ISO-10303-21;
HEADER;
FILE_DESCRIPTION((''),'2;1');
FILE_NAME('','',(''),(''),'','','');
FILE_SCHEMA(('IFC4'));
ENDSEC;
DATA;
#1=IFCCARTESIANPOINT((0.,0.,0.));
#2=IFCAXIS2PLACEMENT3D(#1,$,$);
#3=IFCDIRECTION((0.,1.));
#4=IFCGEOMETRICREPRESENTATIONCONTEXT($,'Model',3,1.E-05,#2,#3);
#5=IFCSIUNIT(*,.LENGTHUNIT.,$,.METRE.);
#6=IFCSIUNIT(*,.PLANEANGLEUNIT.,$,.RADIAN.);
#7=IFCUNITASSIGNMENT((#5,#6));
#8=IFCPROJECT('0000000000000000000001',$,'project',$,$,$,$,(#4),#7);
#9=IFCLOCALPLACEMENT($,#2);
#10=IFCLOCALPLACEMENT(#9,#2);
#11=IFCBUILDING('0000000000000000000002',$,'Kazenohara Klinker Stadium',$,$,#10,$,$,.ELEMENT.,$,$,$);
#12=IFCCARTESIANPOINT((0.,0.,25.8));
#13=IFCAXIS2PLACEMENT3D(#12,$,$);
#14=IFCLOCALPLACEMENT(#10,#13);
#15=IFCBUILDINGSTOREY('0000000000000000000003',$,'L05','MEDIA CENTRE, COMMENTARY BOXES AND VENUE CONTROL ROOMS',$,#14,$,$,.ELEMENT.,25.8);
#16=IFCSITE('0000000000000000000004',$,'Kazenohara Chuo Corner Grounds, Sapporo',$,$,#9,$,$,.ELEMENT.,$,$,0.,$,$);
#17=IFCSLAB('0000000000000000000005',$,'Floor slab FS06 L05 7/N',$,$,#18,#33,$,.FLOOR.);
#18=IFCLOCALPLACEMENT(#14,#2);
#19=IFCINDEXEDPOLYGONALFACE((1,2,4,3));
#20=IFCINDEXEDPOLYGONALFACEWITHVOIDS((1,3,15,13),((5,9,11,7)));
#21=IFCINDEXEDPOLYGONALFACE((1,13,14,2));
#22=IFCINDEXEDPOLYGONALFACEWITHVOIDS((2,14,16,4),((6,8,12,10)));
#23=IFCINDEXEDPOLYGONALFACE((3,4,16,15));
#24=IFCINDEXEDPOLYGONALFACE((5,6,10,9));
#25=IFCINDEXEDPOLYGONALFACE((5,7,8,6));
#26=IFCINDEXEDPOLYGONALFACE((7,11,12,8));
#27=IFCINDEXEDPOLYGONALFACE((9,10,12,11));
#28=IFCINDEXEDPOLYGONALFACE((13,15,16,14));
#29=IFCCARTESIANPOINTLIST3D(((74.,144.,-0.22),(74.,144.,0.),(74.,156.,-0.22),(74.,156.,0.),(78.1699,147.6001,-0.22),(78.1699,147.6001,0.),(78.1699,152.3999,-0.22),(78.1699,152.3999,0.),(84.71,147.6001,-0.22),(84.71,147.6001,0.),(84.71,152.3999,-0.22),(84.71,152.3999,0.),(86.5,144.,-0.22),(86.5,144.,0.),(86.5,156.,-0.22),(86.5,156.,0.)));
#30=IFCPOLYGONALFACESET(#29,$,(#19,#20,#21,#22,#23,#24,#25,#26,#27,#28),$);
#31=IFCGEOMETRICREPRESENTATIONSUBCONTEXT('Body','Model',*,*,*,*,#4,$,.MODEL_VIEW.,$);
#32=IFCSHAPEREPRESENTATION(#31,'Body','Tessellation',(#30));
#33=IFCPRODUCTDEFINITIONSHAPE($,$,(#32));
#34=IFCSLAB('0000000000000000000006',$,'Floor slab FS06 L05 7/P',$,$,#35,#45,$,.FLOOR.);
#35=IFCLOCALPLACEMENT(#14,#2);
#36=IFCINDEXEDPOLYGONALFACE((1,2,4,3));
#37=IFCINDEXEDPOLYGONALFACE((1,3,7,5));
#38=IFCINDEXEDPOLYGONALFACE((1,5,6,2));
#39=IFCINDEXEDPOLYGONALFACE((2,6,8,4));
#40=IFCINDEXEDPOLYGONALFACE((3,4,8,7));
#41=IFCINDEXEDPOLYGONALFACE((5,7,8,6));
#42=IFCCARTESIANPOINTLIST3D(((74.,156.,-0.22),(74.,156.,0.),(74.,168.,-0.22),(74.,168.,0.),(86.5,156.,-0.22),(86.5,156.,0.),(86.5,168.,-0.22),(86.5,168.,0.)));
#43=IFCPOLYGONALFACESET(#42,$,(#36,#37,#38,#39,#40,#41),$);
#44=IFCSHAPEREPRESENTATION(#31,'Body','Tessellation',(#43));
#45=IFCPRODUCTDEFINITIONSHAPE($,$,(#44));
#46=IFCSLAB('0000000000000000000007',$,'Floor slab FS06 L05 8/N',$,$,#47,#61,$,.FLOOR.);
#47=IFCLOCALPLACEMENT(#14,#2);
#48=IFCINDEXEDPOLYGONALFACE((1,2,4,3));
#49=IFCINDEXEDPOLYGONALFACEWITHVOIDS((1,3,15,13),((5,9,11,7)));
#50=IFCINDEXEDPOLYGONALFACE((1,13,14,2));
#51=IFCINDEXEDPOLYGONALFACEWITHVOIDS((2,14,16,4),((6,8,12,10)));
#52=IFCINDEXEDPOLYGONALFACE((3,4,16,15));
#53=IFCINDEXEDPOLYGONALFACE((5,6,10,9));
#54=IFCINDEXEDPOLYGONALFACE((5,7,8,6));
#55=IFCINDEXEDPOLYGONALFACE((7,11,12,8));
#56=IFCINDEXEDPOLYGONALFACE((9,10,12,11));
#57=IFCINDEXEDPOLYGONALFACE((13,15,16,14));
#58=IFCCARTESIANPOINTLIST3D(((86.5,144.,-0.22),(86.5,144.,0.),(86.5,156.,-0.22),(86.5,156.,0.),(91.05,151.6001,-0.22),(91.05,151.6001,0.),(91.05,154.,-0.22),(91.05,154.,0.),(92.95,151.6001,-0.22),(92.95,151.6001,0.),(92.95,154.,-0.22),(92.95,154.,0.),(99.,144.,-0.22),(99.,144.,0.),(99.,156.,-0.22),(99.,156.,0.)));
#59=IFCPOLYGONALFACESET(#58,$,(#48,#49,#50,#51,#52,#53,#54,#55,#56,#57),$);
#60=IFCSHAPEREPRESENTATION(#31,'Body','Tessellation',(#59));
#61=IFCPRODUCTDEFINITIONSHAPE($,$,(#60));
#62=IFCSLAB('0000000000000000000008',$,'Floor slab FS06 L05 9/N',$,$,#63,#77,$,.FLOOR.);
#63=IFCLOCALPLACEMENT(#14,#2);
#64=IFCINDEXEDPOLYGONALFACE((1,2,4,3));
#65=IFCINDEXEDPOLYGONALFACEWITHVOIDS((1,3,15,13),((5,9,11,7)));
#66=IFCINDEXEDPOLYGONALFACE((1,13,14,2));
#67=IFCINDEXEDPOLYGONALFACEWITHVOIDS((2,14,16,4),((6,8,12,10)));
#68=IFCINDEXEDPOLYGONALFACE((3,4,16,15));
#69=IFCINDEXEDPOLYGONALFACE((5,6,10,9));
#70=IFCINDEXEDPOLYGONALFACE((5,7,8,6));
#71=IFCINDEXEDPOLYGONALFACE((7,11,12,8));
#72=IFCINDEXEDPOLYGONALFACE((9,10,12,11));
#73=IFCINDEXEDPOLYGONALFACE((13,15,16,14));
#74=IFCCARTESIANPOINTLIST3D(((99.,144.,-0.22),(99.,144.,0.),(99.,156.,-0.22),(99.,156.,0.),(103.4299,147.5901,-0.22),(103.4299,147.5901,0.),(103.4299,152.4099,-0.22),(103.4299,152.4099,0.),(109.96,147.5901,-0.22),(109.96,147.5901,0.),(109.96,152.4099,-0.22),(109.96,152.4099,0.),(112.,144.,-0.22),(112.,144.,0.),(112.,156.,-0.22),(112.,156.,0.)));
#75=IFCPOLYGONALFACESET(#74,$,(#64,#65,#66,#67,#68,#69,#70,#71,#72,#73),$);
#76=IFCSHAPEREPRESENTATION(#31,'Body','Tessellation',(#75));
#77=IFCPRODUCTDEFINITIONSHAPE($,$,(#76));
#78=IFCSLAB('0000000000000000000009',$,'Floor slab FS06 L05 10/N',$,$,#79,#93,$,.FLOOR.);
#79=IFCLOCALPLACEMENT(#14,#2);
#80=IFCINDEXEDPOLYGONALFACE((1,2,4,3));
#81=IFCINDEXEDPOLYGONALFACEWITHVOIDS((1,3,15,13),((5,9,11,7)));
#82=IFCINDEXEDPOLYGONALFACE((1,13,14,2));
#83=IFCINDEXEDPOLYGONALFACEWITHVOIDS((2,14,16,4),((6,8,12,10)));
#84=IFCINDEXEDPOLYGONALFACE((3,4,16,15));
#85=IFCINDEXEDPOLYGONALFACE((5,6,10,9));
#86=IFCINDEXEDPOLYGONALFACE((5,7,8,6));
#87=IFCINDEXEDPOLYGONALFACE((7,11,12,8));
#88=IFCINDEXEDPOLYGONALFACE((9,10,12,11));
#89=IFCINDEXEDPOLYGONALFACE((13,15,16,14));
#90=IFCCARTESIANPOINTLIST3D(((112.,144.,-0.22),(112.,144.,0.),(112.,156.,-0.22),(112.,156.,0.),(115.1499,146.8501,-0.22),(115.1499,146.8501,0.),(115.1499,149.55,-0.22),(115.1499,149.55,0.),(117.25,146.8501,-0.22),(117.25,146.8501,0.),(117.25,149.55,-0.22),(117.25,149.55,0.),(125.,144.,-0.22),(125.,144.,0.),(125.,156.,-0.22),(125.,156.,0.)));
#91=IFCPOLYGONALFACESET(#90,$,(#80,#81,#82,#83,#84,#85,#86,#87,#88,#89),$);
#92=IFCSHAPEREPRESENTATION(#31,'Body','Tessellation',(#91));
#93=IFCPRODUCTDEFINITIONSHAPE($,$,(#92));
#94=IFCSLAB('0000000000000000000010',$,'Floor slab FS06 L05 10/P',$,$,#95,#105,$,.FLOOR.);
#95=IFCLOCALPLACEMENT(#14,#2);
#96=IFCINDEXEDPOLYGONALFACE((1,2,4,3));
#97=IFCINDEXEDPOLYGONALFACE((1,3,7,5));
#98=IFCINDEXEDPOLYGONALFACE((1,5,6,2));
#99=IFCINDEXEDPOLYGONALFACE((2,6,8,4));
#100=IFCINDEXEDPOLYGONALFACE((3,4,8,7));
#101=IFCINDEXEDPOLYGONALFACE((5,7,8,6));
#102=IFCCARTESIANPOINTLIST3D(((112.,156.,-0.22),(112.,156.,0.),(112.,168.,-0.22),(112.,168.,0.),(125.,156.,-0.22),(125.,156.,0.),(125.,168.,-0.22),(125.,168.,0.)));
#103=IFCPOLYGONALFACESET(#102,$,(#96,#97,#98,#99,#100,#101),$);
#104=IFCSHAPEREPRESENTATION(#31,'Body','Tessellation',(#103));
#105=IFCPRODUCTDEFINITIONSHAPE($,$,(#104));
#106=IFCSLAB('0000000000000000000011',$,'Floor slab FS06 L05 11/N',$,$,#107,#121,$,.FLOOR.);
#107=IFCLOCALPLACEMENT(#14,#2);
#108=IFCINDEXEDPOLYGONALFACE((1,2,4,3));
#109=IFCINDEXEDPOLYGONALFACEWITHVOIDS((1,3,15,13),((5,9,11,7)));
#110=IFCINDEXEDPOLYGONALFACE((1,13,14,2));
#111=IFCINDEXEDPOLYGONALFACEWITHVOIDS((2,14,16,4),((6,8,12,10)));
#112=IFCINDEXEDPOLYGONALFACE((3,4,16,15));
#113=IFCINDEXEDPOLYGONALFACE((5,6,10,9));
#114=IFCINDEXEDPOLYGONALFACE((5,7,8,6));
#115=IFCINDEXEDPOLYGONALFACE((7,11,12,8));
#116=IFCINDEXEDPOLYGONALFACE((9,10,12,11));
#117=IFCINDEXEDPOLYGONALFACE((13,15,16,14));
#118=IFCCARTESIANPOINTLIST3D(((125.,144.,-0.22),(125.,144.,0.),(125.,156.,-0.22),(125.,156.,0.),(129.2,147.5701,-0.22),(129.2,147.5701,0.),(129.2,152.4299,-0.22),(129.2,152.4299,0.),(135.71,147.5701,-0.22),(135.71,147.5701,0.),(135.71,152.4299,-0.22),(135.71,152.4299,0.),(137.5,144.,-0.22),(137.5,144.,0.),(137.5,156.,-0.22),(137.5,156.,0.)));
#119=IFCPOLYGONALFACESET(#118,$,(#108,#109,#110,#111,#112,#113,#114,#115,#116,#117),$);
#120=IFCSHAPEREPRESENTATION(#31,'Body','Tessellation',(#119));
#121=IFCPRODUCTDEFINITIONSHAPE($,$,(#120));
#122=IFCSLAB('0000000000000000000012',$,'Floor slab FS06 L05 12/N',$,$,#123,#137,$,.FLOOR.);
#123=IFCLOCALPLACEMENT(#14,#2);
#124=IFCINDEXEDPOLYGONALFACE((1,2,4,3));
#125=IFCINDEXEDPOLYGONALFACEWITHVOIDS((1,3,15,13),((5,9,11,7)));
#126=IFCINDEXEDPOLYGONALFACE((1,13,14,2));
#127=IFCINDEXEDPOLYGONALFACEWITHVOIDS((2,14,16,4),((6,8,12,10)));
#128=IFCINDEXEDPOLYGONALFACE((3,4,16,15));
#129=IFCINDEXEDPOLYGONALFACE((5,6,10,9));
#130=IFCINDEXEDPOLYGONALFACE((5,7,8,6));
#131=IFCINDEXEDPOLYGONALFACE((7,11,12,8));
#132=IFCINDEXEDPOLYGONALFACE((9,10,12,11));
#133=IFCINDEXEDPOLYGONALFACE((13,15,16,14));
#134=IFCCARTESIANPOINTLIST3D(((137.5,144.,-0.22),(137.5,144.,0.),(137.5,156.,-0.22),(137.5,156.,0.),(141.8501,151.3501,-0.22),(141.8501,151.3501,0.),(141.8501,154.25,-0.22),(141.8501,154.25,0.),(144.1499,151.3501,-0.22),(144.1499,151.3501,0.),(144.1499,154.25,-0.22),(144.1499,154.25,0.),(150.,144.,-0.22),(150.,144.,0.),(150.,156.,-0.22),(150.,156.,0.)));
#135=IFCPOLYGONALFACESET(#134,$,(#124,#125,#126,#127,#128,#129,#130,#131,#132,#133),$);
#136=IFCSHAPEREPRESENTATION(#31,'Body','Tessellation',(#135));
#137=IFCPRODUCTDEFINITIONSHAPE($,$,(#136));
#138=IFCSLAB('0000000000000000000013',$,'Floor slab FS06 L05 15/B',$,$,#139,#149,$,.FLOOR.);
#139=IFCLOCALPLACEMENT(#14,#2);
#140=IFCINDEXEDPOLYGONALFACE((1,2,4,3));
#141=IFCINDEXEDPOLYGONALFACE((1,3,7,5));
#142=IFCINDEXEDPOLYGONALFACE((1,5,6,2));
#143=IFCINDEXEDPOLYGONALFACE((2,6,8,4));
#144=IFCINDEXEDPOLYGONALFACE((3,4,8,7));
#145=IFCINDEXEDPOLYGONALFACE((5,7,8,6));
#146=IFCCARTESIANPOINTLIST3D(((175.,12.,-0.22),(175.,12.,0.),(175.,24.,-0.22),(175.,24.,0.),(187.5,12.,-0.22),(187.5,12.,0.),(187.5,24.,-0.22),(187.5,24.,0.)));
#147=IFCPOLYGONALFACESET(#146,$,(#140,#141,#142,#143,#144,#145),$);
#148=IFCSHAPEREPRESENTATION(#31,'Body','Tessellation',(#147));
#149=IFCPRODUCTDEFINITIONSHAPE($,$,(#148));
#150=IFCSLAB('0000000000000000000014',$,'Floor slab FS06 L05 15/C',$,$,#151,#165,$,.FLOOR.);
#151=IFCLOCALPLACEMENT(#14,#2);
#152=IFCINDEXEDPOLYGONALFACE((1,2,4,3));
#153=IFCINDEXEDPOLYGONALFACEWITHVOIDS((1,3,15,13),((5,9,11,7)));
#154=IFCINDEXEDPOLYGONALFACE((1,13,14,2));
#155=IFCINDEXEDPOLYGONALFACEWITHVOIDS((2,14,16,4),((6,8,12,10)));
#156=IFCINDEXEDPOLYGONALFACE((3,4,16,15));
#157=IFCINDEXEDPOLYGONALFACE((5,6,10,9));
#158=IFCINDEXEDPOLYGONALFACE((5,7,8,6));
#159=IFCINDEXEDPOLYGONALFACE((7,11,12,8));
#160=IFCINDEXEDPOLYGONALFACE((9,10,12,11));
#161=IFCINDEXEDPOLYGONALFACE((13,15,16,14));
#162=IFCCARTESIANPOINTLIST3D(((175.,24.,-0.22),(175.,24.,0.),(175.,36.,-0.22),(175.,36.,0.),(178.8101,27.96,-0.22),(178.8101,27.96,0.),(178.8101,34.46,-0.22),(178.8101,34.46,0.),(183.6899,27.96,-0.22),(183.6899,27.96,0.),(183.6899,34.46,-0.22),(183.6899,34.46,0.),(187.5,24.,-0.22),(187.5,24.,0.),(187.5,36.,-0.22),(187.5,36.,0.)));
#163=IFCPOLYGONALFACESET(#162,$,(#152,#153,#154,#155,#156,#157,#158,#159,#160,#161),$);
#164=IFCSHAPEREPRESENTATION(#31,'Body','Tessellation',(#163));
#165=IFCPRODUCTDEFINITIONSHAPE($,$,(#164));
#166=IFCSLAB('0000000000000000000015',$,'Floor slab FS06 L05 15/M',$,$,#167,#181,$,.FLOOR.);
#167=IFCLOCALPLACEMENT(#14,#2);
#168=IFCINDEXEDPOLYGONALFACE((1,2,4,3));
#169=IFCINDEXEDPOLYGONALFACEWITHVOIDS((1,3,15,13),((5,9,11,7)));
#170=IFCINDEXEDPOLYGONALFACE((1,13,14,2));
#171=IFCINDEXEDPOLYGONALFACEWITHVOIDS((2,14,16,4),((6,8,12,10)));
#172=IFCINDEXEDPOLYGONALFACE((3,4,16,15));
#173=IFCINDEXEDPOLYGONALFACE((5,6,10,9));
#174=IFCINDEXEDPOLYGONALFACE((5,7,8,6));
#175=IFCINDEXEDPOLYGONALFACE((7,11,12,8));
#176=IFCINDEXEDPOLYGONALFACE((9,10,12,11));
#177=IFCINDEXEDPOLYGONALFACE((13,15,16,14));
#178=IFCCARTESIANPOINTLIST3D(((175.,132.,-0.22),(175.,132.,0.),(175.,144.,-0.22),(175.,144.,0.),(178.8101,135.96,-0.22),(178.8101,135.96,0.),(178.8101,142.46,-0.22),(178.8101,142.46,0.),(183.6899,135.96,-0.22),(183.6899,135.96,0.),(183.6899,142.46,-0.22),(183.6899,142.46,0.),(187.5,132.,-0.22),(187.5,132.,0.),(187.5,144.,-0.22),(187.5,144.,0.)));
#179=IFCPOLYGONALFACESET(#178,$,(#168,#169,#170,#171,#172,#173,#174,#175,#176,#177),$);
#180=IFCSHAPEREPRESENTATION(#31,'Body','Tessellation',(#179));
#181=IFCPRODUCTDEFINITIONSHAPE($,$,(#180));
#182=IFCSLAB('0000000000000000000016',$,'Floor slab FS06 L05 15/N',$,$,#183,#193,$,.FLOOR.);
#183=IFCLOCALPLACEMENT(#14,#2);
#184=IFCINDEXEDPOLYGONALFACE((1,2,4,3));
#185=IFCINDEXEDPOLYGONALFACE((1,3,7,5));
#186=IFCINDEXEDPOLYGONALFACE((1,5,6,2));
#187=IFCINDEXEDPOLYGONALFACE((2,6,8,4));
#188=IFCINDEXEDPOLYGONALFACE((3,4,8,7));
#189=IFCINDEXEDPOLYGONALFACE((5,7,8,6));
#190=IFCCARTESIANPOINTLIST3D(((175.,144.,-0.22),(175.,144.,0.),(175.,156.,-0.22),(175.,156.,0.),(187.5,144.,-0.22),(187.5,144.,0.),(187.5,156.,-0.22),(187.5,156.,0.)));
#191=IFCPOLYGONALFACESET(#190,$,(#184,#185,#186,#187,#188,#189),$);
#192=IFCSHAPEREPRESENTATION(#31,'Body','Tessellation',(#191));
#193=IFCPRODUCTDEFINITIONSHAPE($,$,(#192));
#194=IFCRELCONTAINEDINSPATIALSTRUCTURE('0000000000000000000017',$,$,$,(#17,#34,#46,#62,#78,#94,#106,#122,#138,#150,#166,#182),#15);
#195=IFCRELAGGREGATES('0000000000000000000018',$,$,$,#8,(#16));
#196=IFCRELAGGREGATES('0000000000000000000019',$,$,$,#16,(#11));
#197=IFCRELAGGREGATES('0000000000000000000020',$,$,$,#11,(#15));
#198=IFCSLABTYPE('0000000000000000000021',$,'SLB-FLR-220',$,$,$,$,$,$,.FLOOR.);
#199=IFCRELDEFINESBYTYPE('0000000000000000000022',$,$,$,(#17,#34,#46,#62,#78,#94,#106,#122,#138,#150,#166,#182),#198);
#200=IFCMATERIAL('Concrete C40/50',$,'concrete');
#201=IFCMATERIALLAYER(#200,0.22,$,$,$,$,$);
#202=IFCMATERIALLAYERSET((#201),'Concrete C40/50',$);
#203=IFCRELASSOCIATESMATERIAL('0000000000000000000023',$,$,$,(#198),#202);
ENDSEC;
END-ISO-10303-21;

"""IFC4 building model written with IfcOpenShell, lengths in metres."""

from ifc_helpers import new_model, si_unit, direction, frame, origin, place, context, subcontext, project, spatial, polyline, outline, extrude, material, layer, layer_set, type_object, element, save


model = new_model("IFC4")

# Units and contexts
model_context = context("Model", 3, precision=1e-05, world=origin(), true_north=direction((0.0, 1.0)))
body_context = subcontext(model_context, "Body", "Model", "MODEL_VIEW")
ifc_project = project(units=[si_unit("LENGTHUNIT", "METRE"), si_unit("PLANEANGLEUNIT", "RADIAN")], contexts=[model_context])

# Site, building, storey
site_placement = place(None, origin())
site = spatial("IfcSite", under=ifc_project, at=site_placement, Name="Kazenohara Chuo Corner Grounds, Sapporo", CompositionType="ELEMENT", RefElevation=0.0)
building_placement = place(site_placement, origin())
building = spatial("IfcBuilding", under=site, at=building_placement, Name="Kazenohara Klinker Stadium", CompositionType="ELEMENT")
storey_placement = place(building_placement, frame((0.0, 0.0, 25.8)))
storey = spatial("IfcBuildingStorey", under=building, at=storey_placement, Name="L05", Description="MEDIA CENTRE, COMMENTARY BOXES AND VENUE CONTROL ROOMS", CompositionType="ELEMENT", Elevation=25.8)

# Shared definitions
ifc_material_1 = material(Name="Concrete C40/50", Category="concrete")

# Slabs
ifc_layer_1 = layer(ifc_material_1, 0.22)
ifc_layer_set_1 = layer_set([ifc_layer_1], Name="Concrete C40/50")
slab_type = type_object("IfcSlabType", Name="SLB-FLR-220", PredefinedType="FLOOR", material=ifc_layer_set_1)
slab_1_placement = place(storey_placement, frame((0.0, 0.0, -0.22)))
element("IfcSlab", 1, at=slab_1_placement, inside=storey, type_object=slab_type, Name="Floor slab FS06 L05 7/N", PredefinedType="FLOOR", context=body_context, shape_type="SweptSolid", body=[
    extrude(outline(polyline([(74.0, 144.0), (86.5, 144.0), (86.5, 156.0), (74.0, 156.0), (74.0, 144.0)]), holes=[polyline([(78.1699, 147.6001), (84.71, 147.6001), (84.71, 152.3999), (78.1699, 152.3999), (78.1699, 147.6001)])]), origin(), (0.0, 0.0, 1.0), 0.22),
])
slab_2_placement = place(storey_placement, frame((0.0, 0.0, -0.22)))
element("IfcSlab", 2, at=slab_2_placement, inside=storey, type_object=slab_type, Name="Floor slab FS06 L05 7/P", PredefinedType="FLOOR", context=body_context, shape_type="SweptSolid", body=[
    extrude(outline(polyline([(74.0, 156.0), (86.5, 156.0), (86.5, 168.0), (74.0, 168.0), (74.0, 156.0)])), origin(), (0.0, 0.0, 1.0), 0.22),
])
slab_3_placement = place(storey_placement, frame((0.0, 0.0, -0.22)))
element("IfcSlab", 3, at=slab_3_placement, inside=storey, type_object=slab_type, Name="Floor slab FS06 L05 8/N", PredefinedType="FLOOR", context=body_context, shape_type="SweptSolid", body=[
    extrude(outline(polyline([(86.5, 144.0), (99.0, 144.0), (99.0, 156.0), (86.5, 156.0), (86.5, 144.0)]), holes=[polyline([(91.05, 151.6001), (92.95, 151.6001), (92.95, 154.0), (91.05, 154.0), (91.05, 151.6001)])]), origin(), (0.0, 0.0, 1.0), 0.22),
])
slab_4_placement = place(storey_placement, frame((0.0, 0.0, -0.22)))
element("IfcSlab", 4, at=slab_4_placement, inside=storey, type_object=slab_type, Name="Floor slab FS06 L05 9/N", PredefinedType="FLOOR", context=body_context, shape_type="SweptSolid", body=[
    extrude(outline(polyline([(99.0, 144.0), (112.0, 144.0), (112.0, 156.0), (99.0, 156.0), (99.0, 144.0)]), holes=[polyline([(103.4299, 147.5901), (109.96, 147.5901), (109.96, 152.4099), (103.4299, 152.4099), (103.4299, 147.5901)])]), origin(), (0.0, 0.0, 1.0), 0.22),
])
slab_5_placement = place(storey_placement, frame((0.0, 0.0, -0.22)))
element("IfcSlab", 5, at=slab_5_placement, inside=storey, type_object=slab_type, Name="Floor slab FS06 L05 10/N", PredefinedType="FLOOR", context=body_context, shape_type="SweptSolid", body=[
    extrude(outline(polyline([(112.0, 144.0), (125.0, 144.0), (125.0, 156.0), (112.0, 156.0), (112.0, 144.0)]), holes=[polyline([(115.1499, 146.8501), (117.25, 146.8501), (117.25, 149.55), (115.1499, 149.55), (115.1499, 146.8501)])]), origin(), (0.0, 0.0, 1.0), 0.22),
])
slab_6_placement = place(storey_placement, frame((0.0, 0.0, -0.22)))
element("IfcSlab", 6, at=slab_6_placement, inside=storey, type_object=slab_type, Name="Floor slab FS06 L05 10/P", PredefinedType="FLOOR", context=body_context, shape_type="SweptSolid", body=[
    extrude(outline(polyline([(112.0, 156.0), (125.0, 156.0), (125.0, 168.0), (112.0, 168.0), (112.0, 156.0)])), origin(), (0.0, 0.0, 1.0), 0.22),
])
slab_7_placement = place(storey_placement, frame((0.0, 0.0, -0.22)))
element("IfcSlab", 7, at=slab_7_placement, inside=storey, type_object=slab_type, Name="Floor slab FS06 L05 11/N", PredefinedType="FLOOR", context=body_context, shape_type="SweptSolid", body=[
    extrude(outline(polyline([(125.0, 144.0), (137.5, 144.0), (137.5, 156.0), (125.0, 156.0), (125.0, 144.0)]), holes=[polyline([(129.2, 147.5701), (135.71, 147.5701), (135.71, 152.4299), (129.2, 152.4299), (129.2, 147.5701)])]), origin(), (0.0, 0.0, 1.0), 0.22),
])
slab_8_placement = place(storey_placement, frame((0.0, 0.0, -0.22)))
element("IfcSlab", 8, at=slab_8_placement, inside=storey, type_object=slab_type, Name="Floor slab FS06 L05 12/N", PredefinedType="FLOOR", context=body_context, shape_type="SweptSolid", body=[
    extrude(outline(polyline([(137.5, 144.0), (150.0, 144.0), (150.0, 156.0), (137.5, 156.0), (137.5, 144.0)]), holes=[polyline([(141.8501, 151.3501), (144.1499, 151.3501), (144.1499, 154.25), (141.8501, 154.25), (141.8501, 151.3501)])]), origin(), (0.0, 0.0, 1.0), 0.22),
])
slab_9_placement = place(storey_placement, frame((0.0, 0.0, -0.22)))
element("IfcSlab", 9, at=slab_9_placement, inside=storey, type_object=slab_type, Name="Floor slab FS06 L05 15/B", PredefinedType="FLOOR", context=body_context, shape_type="SweptSolid", body=[
    extrude(outline(polyline([(175.0, 12.0), (187.5, 12.0), (187.5, 24.0), (175.0, 24.0), (175.0, 12.0)])), origin(), (0.0, 0.0, 1.0), 0.22),
])
slab_10_placement = place(storey_placement, frame((0.0, 0.0, -0.22)))
element("IfcSlab", 10, at=slab_10_placement, inside=storey, type_object=slab_type, Name="Floor slab FS06 L05 15/C", PredefinedType="FLOOR", context=body_context, shape_type="SweptSolid", body=[
    extrude(outline(polyline([(175.0, 24.0), (187.5, 24.0), (187.5, 36.0), (175.0, 36.0), (175.0, 24.0)]), holes=[polyline([(183.6899, 27.96), (183.6899, 34.46), (178.8101, 34.46), (178.8101, 27.96), (183.6899, 27.96)])]), origin(), (0.0, 0.0, 1.0), 0.22),
])
slab_11_placement = place(storey_placement, frame((0.0, 0.0, -0.22)))
element("IfcSlab", 11, at=slab_11_placement, inside=storey, type_object=slab_type, Name="Floor slab FS06 L05 15/M", PredefinedType="FLOOR", context=body_context, shape_type="SweptSolid", body=[
    extrude(outline(polyline([(175.0, 132.0), (187.5, 132.0), (187.5, 144.0), (175.0, 144.0), (175.0, 132.0)]), holes=[polyline([(183.6899, 135.96), (183.6899, 142.46), (178.8101, 142.46), (178.8101, 135.96), (183.6899, 135.96)])]), origin(), (0.0, 0.0, 1.0), 0.22),
])
slab_12_placement = place(storey_placement, frame((0.0, 0.0, -0.22)))
element("IfcSlab", 12, at=slab_12_placement, inside=storey, type_object=slab_type, Name="Floor slab FS06 L05 15/N", PredefinedType="FLOOR", context=body_context, shape_type="SweptSolid", body=[
    extrude(outline(polyline([(175.0, 144.0), (187.5, 144.0), (187.5, 156.0), (175.0, 156.0), (175.0, 144.0)])), origin(), (0.0, 0.0, 1.0), 0.22),
])

save(model, "model.ifc")
